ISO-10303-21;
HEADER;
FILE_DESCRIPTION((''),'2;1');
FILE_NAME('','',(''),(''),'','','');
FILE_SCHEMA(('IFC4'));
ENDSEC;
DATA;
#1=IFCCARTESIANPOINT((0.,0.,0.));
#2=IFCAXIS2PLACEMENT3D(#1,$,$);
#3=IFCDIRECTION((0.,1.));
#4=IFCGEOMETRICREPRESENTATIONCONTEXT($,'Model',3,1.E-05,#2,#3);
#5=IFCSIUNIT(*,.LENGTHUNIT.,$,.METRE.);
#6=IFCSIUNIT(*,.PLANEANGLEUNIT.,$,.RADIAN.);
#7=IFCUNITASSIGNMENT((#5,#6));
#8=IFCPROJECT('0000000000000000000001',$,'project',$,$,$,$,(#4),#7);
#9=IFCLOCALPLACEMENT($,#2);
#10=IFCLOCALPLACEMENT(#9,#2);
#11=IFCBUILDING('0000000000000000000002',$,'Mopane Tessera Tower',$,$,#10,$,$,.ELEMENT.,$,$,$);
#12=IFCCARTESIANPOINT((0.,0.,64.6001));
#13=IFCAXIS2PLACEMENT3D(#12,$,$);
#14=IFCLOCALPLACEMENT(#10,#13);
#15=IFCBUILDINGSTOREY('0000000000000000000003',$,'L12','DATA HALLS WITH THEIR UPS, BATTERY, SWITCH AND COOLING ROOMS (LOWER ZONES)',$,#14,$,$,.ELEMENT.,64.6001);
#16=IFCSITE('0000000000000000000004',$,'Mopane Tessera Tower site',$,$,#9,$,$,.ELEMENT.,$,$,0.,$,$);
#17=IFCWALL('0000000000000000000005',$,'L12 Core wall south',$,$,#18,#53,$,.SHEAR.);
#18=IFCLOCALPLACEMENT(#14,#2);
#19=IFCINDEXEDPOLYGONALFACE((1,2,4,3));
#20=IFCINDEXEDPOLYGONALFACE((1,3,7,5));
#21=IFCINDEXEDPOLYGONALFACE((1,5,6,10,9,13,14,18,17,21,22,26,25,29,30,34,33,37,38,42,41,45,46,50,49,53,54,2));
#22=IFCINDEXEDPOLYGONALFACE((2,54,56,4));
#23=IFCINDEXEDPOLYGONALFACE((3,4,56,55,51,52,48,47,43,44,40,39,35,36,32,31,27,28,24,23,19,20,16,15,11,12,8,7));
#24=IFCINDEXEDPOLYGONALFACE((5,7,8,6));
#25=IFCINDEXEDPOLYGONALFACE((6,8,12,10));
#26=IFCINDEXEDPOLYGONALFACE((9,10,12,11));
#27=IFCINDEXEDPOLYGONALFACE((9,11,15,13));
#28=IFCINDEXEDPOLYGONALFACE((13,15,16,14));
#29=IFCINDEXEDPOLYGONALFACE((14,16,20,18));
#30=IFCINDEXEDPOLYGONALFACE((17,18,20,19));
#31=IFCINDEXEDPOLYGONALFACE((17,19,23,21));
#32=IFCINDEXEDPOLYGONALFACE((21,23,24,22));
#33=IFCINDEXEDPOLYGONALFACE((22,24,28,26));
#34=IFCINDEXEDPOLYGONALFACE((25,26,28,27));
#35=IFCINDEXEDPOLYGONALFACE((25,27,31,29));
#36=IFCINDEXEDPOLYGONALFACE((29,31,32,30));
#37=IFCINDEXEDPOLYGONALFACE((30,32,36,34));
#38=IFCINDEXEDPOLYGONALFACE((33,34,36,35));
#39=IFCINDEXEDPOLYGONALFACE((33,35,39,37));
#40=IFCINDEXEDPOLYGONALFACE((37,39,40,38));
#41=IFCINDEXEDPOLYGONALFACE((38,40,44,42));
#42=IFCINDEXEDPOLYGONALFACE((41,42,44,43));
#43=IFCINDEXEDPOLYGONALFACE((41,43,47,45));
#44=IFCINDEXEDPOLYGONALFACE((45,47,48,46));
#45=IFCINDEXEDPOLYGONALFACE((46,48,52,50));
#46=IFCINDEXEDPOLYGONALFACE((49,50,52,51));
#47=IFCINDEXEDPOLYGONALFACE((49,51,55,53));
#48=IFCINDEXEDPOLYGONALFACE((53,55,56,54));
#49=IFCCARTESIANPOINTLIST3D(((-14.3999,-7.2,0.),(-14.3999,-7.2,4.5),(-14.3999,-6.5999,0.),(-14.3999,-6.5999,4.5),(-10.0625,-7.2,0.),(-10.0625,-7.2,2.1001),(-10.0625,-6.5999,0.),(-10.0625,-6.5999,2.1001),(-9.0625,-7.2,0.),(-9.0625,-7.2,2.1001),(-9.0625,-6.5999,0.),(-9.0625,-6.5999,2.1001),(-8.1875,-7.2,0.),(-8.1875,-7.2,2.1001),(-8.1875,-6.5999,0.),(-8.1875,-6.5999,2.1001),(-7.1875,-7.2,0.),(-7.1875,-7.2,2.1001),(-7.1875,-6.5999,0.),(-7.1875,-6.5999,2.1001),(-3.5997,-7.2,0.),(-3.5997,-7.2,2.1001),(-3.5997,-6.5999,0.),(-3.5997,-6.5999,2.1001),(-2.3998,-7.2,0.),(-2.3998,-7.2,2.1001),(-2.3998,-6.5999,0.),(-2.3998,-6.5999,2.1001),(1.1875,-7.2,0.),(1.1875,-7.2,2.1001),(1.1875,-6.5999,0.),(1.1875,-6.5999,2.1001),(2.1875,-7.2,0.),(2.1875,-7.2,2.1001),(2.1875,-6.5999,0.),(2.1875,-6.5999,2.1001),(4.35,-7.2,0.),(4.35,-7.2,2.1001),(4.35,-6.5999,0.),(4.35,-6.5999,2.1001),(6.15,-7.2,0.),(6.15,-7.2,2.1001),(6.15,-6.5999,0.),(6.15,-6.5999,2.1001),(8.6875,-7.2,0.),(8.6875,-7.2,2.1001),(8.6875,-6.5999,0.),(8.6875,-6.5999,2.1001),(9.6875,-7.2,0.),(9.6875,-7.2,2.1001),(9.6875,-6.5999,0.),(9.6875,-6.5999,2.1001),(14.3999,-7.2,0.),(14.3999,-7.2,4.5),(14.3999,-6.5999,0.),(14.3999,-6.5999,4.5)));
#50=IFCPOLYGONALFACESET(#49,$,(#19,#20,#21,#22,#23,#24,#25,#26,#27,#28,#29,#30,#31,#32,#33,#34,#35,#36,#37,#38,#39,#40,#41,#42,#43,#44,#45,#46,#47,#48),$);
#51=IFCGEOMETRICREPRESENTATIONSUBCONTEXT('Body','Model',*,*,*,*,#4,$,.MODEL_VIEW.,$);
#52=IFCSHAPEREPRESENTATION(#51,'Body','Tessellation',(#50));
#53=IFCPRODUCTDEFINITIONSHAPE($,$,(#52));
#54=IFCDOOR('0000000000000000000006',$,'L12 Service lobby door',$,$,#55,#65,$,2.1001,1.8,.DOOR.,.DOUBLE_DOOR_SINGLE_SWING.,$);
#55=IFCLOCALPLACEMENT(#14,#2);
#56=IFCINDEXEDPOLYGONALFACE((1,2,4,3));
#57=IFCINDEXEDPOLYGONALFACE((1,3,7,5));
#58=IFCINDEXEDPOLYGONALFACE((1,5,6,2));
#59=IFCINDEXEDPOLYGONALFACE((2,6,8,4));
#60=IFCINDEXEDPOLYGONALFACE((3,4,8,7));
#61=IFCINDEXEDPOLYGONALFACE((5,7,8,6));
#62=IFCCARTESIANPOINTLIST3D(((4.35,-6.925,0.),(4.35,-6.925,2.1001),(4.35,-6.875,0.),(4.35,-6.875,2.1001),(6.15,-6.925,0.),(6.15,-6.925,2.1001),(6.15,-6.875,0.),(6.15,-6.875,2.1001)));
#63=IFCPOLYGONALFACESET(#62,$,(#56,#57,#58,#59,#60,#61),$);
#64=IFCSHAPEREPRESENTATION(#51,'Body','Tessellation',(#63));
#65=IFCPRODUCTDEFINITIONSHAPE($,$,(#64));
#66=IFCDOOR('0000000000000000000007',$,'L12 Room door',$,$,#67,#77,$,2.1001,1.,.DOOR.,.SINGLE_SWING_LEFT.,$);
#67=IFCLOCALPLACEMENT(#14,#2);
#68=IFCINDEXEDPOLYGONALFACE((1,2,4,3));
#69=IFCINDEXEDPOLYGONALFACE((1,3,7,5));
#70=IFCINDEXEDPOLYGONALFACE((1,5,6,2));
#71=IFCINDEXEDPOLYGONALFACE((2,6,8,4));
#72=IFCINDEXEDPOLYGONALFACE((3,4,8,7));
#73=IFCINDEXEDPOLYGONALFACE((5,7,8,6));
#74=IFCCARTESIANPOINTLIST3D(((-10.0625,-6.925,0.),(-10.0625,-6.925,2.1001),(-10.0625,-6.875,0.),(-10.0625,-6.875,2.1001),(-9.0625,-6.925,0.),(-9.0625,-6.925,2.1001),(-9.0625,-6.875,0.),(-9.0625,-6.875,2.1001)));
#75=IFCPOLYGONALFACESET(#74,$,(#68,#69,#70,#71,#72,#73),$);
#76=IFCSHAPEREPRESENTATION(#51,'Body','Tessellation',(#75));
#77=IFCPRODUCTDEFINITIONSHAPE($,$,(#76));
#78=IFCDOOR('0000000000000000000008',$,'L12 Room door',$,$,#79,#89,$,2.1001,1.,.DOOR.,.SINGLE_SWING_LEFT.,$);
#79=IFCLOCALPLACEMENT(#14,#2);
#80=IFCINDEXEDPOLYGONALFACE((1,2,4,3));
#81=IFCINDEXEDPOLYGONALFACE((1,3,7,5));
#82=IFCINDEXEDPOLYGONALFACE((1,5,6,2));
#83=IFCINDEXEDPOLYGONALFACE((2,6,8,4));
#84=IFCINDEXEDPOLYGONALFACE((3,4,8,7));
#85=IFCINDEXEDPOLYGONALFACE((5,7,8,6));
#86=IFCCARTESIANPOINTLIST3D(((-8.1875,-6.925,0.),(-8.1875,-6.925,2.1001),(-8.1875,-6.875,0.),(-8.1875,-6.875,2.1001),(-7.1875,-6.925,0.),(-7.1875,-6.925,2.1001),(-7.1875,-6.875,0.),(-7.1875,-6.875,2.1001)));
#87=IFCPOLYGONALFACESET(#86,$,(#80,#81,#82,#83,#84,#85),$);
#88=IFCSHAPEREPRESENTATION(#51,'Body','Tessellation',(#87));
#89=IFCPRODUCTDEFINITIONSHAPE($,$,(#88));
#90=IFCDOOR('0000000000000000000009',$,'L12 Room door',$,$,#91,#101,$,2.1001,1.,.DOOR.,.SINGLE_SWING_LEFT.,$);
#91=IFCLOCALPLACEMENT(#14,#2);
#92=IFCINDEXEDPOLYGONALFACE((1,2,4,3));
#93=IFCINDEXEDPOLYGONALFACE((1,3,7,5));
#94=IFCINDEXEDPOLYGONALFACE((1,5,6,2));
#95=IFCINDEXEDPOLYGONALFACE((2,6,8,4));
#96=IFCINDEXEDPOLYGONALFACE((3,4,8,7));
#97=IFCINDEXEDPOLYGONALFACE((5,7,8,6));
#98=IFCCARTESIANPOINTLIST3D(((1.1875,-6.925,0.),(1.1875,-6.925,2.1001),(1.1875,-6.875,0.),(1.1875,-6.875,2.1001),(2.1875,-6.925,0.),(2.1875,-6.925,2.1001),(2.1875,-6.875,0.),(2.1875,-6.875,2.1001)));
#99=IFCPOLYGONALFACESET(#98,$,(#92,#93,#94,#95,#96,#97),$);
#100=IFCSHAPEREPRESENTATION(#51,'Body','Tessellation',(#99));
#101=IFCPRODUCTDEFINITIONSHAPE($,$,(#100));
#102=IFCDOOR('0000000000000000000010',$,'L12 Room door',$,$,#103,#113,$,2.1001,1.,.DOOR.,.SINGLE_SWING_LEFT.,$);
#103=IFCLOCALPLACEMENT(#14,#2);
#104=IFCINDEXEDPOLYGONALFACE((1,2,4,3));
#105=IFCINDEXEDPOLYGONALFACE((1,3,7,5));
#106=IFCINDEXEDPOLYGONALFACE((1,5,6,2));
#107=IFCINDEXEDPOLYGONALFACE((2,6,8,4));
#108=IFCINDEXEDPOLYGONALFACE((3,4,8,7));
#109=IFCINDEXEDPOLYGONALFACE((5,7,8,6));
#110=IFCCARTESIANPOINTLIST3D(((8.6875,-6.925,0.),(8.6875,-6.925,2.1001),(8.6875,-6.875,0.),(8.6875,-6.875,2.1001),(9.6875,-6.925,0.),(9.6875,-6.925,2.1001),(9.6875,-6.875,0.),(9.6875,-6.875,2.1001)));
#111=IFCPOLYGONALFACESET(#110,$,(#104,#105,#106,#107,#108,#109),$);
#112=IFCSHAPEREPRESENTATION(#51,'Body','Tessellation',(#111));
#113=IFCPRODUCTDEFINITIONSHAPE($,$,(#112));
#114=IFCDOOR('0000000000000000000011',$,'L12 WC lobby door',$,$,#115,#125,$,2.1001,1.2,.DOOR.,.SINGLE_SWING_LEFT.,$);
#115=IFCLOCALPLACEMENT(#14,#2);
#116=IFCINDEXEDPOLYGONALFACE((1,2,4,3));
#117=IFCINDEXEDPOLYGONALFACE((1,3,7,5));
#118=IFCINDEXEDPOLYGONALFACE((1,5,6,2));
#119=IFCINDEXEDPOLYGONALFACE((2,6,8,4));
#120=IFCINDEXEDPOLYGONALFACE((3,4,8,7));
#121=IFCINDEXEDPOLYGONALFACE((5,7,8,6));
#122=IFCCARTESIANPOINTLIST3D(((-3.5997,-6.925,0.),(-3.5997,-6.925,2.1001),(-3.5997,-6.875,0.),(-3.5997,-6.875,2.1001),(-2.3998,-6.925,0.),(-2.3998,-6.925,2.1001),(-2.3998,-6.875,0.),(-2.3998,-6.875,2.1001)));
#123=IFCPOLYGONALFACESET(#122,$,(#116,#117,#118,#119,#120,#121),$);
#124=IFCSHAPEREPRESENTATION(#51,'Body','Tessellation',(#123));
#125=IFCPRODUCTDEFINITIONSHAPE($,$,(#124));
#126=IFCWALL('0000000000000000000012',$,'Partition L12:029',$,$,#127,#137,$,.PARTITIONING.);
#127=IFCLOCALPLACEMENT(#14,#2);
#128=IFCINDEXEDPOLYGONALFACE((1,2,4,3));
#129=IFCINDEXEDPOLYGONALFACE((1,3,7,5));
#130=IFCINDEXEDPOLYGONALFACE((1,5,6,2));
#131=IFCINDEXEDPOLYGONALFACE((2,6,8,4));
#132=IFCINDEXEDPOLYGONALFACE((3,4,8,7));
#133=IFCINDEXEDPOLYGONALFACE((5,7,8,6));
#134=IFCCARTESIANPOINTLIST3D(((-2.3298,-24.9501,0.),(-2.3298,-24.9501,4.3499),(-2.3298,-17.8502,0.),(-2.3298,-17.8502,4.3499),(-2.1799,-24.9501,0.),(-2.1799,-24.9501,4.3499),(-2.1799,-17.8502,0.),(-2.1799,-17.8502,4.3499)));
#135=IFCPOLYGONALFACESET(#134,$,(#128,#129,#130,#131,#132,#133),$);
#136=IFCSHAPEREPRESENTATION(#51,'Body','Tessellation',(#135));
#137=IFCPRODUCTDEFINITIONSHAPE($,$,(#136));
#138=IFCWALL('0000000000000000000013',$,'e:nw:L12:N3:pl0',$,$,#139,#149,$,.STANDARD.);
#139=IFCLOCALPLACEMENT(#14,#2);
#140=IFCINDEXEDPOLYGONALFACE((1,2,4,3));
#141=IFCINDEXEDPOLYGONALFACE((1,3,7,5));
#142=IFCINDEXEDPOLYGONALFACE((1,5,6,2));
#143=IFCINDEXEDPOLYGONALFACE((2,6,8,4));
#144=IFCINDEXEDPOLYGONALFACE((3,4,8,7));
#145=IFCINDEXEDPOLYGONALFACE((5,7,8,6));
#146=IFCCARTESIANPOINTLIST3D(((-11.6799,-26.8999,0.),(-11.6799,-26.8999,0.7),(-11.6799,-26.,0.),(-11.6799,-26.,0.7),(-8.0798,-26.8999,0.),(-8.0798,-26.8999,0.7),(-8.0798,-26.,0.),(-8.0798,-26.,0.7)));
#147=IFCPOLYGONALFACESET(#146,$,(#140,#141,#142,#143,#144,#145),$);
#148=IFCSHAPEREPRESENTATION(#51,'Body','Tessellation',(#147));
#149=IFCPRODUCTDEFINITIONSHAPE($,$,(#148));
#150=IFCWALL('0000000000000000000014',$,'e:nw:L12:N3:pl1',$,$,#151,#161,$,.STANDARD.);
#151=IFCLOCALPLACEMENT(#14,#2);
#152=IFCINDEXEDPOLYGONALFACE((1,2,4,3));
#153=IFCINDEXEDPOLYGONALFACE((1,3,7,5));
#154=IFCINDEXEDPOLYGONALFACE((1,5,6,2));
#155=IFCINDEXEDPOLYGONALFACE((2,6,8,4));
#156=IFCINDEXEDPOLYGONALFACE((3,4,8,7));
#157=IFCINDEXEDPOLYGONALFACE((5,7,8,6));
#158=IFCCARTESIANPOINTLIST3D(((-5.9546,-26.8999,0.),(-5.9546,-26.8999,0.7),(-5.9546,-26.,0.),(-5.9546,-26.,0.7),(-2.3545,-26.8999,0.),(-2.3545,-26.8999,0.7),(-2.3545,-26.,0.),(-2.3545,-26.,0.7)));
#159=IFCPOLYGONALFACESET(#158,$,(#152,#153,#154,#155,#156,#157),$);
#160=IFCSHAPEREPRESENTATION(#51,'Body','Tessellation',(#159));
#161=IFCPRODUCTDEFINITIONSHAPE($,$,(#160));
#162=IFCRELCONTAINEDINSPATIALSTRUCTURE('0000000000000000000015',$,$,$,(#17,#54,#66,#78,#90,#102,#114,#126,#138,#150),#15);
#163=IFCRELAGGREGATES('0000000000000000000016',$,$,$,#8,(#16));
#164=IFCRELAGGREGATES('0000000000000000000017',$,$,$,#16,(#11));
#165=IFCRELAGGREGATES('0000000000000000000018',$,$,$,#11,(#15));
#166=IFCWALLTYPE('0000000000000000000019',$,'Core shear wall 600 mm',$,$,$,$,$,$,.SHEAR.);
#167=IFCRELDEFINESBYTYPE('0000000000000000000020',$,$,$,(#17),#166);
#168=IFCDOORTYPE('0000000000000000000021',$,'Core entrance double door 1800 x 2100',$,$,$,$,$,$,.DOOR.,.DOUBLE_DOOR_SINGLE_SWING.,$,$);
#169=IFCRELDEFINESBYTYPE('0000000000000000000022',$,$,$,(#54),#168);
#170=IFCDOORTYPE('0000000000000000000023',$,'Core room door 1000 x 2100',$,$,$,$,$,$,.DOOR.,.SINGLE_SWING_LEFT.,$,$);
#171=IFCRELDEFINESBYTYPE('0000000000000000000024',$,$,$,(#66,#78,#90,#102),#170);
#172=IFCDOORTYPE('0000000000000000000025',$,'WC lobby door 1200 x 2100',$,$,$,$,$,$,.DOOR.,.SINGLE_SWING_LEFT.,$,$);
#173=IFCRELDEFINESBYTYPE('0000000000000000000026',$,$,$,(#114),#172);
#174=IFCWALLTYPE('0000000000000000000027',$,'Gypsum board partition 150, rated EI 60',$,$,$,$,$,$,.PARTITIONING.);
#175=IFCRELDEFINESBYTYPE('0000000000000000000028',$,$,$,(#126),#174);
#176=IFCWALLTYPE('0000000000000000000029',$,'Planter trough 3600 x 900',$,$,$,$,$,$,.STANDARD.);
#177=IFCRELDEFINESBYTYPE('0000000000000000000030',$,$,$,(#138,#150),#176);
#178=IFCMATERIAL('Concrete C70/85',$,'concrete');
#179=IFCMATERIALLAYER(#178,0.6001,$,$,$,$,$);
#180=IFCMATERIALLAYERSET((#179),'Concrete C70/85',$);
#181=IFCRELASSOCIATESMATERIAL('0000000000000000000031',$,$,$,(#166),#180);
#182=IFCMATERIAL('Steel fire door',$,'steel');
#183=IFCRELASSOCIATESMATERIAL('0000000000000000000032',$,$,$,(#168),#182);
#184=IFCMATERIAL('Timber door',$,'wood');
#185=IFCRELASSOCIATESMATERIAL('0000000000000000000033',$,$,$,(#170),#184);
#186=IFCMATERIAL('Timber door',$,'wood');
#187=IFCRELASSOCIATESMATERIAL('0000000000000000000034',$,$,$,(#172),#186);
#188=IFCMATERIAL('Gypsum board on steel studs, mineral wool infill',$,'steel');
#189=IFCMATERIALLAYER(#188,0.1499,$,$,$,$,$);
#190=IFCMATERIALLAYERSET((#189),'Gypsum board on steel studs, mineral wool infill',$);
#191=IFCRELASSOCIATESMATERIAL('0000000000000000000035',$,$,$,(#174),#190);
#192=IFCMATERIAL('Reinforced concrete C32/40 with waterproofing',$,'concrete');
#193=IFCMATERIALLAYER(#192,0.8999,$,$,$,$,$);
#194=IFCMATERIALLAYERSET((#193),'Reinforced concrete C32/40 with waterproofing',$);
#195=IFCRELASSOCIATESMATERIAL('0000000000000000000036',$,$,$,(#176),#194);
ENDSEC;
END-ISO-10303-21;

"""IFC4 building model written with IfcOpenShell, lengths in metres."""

from ifc_helpers import new_model, si_unit, direction, frame, frame_2d, origin, place, context, subcontext, project, spatial, rectangle, extrude, material, layer, layer_set, type_object, element, fill, save


model = new_model("IFC4")

# Units and contexts
model_context = context("Model", 3, precision=1e-05, world=origin(), true_north=direction((0.0, 1.0)))
body_context = subcontext(model_context, "Body", "Model", "MODEL_VIEW")
ifc_project = project(units=[si_unit("LENGTHUNIT", "METRE"), si_unit("PLANEANGLEUNIT", "RADIAN")], contexts=[model_context])

# Site, building, storey
site_placement = place(None, origin())
site = spatial("IfcSite", under=ifc_project, at=site_placement, Name="Mopane Tessera Tower site", CompositionType="ELEMENT", RefElevation=0.0)
building_placement = place(site_placement, origin())
building = spatial("IfcBuilding", under=site, at=building_placement, Name="Mopane Tessera Tower", CompositionType="ELEMENT")
storey_placement = place(building_placement, frame((0.0, 0.0, 64.6001)))
storey = spatial("IfcBuildingStorey", under=building, at=storey_placement, Name="L12", Description="DATA HALLS WITH THEIR UPS, BATTERY, SWITCH AND COOLING ROOMS (LOWER ZONES)", CompositionType="ELEMENT", Elevation=64.6001)

# Wall, openings, doors
ifc_material_1 = material(Name="Concrete C70/85", Category="concrete")
ifc_layer_1 = layer(ifc_material_1, 0.6001)
ifc_layer_set_1 = layer_set([ifc_layer_1], Name="Concrete C70/85")
wall_type_1 = type_object("IfcWallType", Name="Core shear wall 600 mm", PredefinedType="SHEAR", material=ifc_layer_set_1)
wall_1_placement = place(storey_placement, frame((-14.3999, -6.8999, 0.0), z_axis=(0.0, 0.0, 1.0), x_axis=(1.0, 0.0, 0.0)))
wall_1 = element("IfcWall", 1, at=wall_1_placement, inside=storey, type_object=wall_type_1, Name="L12 Core wall south", PredefinedType="SHEAR", context=body_context, shape_type="SweptSolid", body=[
    extrude(rectangle(XDim=28.7998, YDim=0.6001, at=frame_2d((14.3999, 0.0))), origin(), (0.0, 0.0, 1.0), 4.5),
])
opening_1_placement = place(wall_1_placement, frame((4.3374, 0.0, 0.0)))
opening_1 = element("IfcOpeningElement", 2, at=opening_1_placement, cuts=wall_1, PredefinedType="OPENING", context=body_context, shape_type="SweptSolid", body=[
    extrude(rectangle(XDim=1.0, YDim=2.1001, at=frame_2d((0.5, 1.05))), frame((0.0, 0.312, 0.0), z_axis=(0.0, -1.0, 0.0), x_axis=(1.0, 0.0, 0.0)), (0.0, 0.0, 1.0), 0.624),
])
opening_2_placement = place(wall_1_placement, frame((6.2124, 0.0, 0.0)))
opening_2 = element("IfcOpeningElement", 3, at=opening_2_placement, cuts=wall_1, PredefinedType="OPENING", context=body_context, shape_type="SweptSolid", body=[
    extrude(rectangle(XDim=1.0, YDim=2.1001, at=frame_2d((0.5, 1.05))), frame((0.0, 0.312, 0.0), z_axis=(0.0, -1.0, 0.0), x_axis=(1.0, 0.0, 0.0)), (0.0, 0.0, 1.0), 0.624),
])
opening_3_placement = place(wall_1_placement, frame((10.8, 0.0, 0.0)))
opening_3 = element("IfcOpeningElement", 4, at=opening_3_placement, cuts=wall_1, PredefinedType="OPENING", context=body_context, shape_type="SweptSolid", body=[
    extrude(rectangle(XDim=1.2, YDim=2.1001, at=frame_2d((0.6001, 1.05))), frame((0.0, 0.312, 0.0), z_axis=(0.0, -1.0, 0.0), x_axis=(1.0, 0.0, 0.0)), (0.0, 0.0, 1.0), 0.624),
])
opening_4_placement = place(wall_1_placement, frame((15.5874, 0.0, 0.0)))
opening_4 = element("IfcOpeningElement", 5, at=opening_4_placement, cuts=wall_1, PredefinedType="OPENING", context=body_context, shape_type="SweptSolid", body=[
    extrude(rectangle(XDim=1.0, YDim=2.1001, at=frame_2d((0.5, 1.05))), frame((0.0, 0.312, 0.0), z_axis=(0.0, -1.0, 0.0), x_axis=(1.0, 0.0, 0.0)), (0.0, 0.0, 1.0), 0.624),
])
opening_5_placement = place(wall_1_placement, frame((18.75, 0.0, 0.0)))
opening_5 = element("IfcOpeningElement", 6, at=opening_5_placement, cuts=wall_1, PredefinedType="OPENING", context=body_context, shape_type="SweptSolid", body=[
    extrude(rectangle(XDim=1.8, YDim=2.1001, at=frame_2d((0.8999, 1.05))), frame((0.0, 0.312, 0.0), z_axis=(0.0, -1.0, 0.0), x_axis=(1.0, 0.0, 0.0)), (0.0, 0.0, 1.0), 0.624),
])
opening_6_placement = place(wall_1_placement, frame((23.0874, 0.0, 0.0)))
opening_6 = element("IfcOpeningElement", 7, at=opening_6_placement, cuts=wall_1, PredefinedType="OPENING", context=body_context, shape_type="SweptSolid", body=[
    extrude(rectangle(XDim=1.0, YDim=2.1001, at=frame_2d((0.5, 1.05))), frame((0.0, 0.312, 0.0), z_axis=(0.0, -1.0, 0.0), x_axis=(1.0, 0.0, 0.0)), (0.0, 0.0, 1.0), 0.624),
])
ifc_material_2 = material(Name="Steel fire door", Category="steel")
door_type_1 = type_object("IfcDoorType", Name="Core entrance double door 1800 x 2100", OperationType="DOUBLE_DOOR_SINGLE_SWING", PredefinedType="DOOR", material=ifc_material_2)
door_1_placement = place(opening_5_placement, origin())
door_1 = element("IfcDoor", 8, at=door_1_placement, inside=storey, type_object=door_type_1, Name="L12 Service lobby door", OperationType="DOUBLE_DOOR_SINGLE_SWING", OverallHeight=2.1001, OverallWidth=1.8, PredefinedType="DOOR", context=body_context, shape_type="SweptSolid", body=[
    extrude(rectangle(XDim=1.8, YDim=2.1001, at=frame_2d((0.8999, 1.05))), frame((0.0, 0.0249, 0.0), z_axis=(0.0, -1.0, 0.0), x_axis=(1.0, 0.0, 0.0)), (0.0, 0.0, 1.0), 0.05),
])
fill(opening_5, door_1)
ifc_material_3 = material(Name="Timber door", Category="wood")
door_type_2 = type_object("IfcDoorType", Name="Core room door 1000 x 2100", OperationType="SINGLE_SWING_LEFT", PredefinedType="DOOR", material=ifc_material_3)
door_2_placement = place(opening_1_placement, origin())
door_2 = element("IfcDoor", 9, at=door_2_placement, inside=storey, type_object=door_type_2, Name="L12 Room door", OperationType="SINGLE_SWING_LEFT", OverallHeight=2.1001, OverallWidth=1.0, PredefinedType="DOOR", context=body_context, shape_type="SweptSolid", body=[
    extrude(rectangle(XDim=1.0, YDim=2.1001, at=frame_2d((0.5, 1.05))), frame((0.0, 0.0249, 0.0), z_axis=(0.0, -1.0, 0.0), x_axis=(1.0, 0.0, 0.0)), (0.0, 0.0, 1.0), 0.05),
])
fill(opening_1, door_2)
door_3_placement = place(opening_2_placement, origin())
door_3 = element("IfcDoor", 10, at=door_3_placement, inside=storey, type_object=door_type_2, Name="L12 Room door", OperationType="SINGLE_SWING_LEFT", OverallHeight=2.1001, OverallWidth=1.0, PredefinedType="DOOR", context=body_context, shape_type="SweptSolid", body=[
    extrude(rectangle(XDim=1.0, YDim=2.1001, at=frame_2d((0.5, 1.05))), frame((0.0, 0.0249, 0.0), z_axis=(0.0, -1.0, 0.0), x_axis=(1.0, 0.0, 0.0)), (0.0, 0.0, 1.0), 0.05),
])
fill(opening_2, door_3)
door_4_placement = place(opening_4_placement, origin())
door_4 = element("IfcDoor", 11, at=door_4_placement, inside=storey, type_object=door_type_2, Name="L12 Room door", OperationType="SINGLE_SWING_LEFT", OverallHeight=2.1001, OverallWidth=1.0, PredefinedType="DOOR", context=body_context, shape_type="SweptSolid", body=[
    extrude(rectangle(XDim=1.0, YDim=2.1001, at=frame_2d((0.5, 1.05))), frame((0.0, 0.0249, 0.0), z_axis=(0.0, -1.0, 0.0), x_axis=(1.0, 0.0, 0.0)), (0.0, 0.0, 1.0), 0.05),
])
fill(opening_4, door_4)
door_5_placement = place(opening_6_placement, origin())
door_5 = element("IfcDoor", 12, at=door_5_placement, inside=storey, type_object=door_type_2, Name="L12 Room door", OperationType="SINGLE_SWING_LEFT", OverallHeight=2.1001, OverallWidth=1.0, PredefinedType="DOOR", context=body_context, shape_type="SweptSolid", body=[
    extrude(rectangle(XDim=1.0, YDim=2.1001, at=frame_2d((0.5, 1.05))), frame((0.0, 0.0249, 0.0), z_axis=(0.0, -1.0, 0.0), x_axis=(1.0, 0.0, 0.0)), (0.0, 0.0, 1.0), 0.05),
])
fill(opening_6, door_5)
ifc_material_4 = material(Name="Timber door", Category="wood")
door_type_3 = type_object("IfcDoorType", Name="WC lobby door 1200 x 2100", OperationType="SINGLE_SWING_LEFT", PredefinedType="DOOR", material=ifc_material_4)
door_6_placement = place(opening_3_placement, origin())
door_6 = element("IfcDoor", 13, at=door_6_placement, inside=storey, type_object=door_type_3, Name="L12 WC lobby door", OperationType="SINGLE_SWING_LEFT", OverallHeight=2.1001, OverallWidth=1.2, PredefinedType="DOOR", context=body_context, shape_type="SweptSolid", body=[
    extrude(rectangle(XDim=1.2, YDim=2.1001, at=frame_2d((0.6001, 1.05))), frame((0.0, 0.0249, 0.0), z_axis=(0.0, -1.0, 0.0), x_axis=(1.0, 0.0, 0.0)), (0.0, 0.0, 1.0), 0.05),
])
fill(opening_3, door_6)

# Walls
ifc_material_5 = material(Name="Gypsum board on steel studs, mineral wool infill", Category="steel")
ifc_layer_2 = layer(ifc_material_5, 0.1499)
ifc_layer_set_2 = layer_set([ifc_layer_2], Name="Gypsum board on steel studs, mineral wool infill")
wall_type_2 = type_object("IfcWallType", Name="Gypsum board partition 150, rated EI 60", PredefinedType="PARTITIONING", material=ifc_layer_set_2)
wall_2_placement = place(storey_placement, frame((-2.2549, -24.95, 0.0), z_axis=(0.0, 0.0, 1.0), x_axis=(0.0, 1.0, 0.0)))
element("IfcWall", 14, at=wall_2_placement, inside=storey, type_object=wall_type_2, Name="Partition L12:029", PredefinedType="PARTITIONING", context=body_context, shape_type="SweptSolid", body=[
    extrude(rectangle(XDim=7.0999, YDim=0.1499, at=frame_2d((3.5498, 0.0))), origin(), (0.0, 0.0, 1.0), 4.3499),
])
ifc_material_6 = material(Name="Reinforced concrete C32/40 with waterproofing", Category="concrete")
ifc_layer_3 = layer(ifc_material_6, 0.8999)
ifc_layer_set_3 = layer_set([ifc_layer_3], Name="Reinforced concrete C32/40 with waterproofing")
wall_type_3 = type_object("IfcWallType", Name="Planter trough 3600 x 900", PredefinedType="STANDARD", material=ifc_layer_set_3)
for number, where, z_axis, x_axis, name in (
    (15, (-11.6799, -26.45, 0.0), (0.0, 0.0, 1.0), (1.0, 0.0, 0.0), "e:nw:L12:N3:pl0"),
    (16, (-5.9546, -26.45, 0.0), (0.0, 0.0, 1.0), (1.0, 0.0, 0.0), "e:nw:L12:N3:pl1"),
):
    element("IfcWall", number, at=place(storey_placement, frame(where, z_axis=z_axis, x_axis=x_axis)), inside=storey, type_object=wall_type_3, Name=name, PredefinedType="STANDARD", context=body_context, shape_type="SweptSolid", body=[
        extrude(rectangle(XDim=3.6001, YDim=0.8999, at=frame_2d((1.8, 0.0))), origin(), (0.0, 0.0, 1.0), 0.7),
    ])

save(model, "model.ifc")
